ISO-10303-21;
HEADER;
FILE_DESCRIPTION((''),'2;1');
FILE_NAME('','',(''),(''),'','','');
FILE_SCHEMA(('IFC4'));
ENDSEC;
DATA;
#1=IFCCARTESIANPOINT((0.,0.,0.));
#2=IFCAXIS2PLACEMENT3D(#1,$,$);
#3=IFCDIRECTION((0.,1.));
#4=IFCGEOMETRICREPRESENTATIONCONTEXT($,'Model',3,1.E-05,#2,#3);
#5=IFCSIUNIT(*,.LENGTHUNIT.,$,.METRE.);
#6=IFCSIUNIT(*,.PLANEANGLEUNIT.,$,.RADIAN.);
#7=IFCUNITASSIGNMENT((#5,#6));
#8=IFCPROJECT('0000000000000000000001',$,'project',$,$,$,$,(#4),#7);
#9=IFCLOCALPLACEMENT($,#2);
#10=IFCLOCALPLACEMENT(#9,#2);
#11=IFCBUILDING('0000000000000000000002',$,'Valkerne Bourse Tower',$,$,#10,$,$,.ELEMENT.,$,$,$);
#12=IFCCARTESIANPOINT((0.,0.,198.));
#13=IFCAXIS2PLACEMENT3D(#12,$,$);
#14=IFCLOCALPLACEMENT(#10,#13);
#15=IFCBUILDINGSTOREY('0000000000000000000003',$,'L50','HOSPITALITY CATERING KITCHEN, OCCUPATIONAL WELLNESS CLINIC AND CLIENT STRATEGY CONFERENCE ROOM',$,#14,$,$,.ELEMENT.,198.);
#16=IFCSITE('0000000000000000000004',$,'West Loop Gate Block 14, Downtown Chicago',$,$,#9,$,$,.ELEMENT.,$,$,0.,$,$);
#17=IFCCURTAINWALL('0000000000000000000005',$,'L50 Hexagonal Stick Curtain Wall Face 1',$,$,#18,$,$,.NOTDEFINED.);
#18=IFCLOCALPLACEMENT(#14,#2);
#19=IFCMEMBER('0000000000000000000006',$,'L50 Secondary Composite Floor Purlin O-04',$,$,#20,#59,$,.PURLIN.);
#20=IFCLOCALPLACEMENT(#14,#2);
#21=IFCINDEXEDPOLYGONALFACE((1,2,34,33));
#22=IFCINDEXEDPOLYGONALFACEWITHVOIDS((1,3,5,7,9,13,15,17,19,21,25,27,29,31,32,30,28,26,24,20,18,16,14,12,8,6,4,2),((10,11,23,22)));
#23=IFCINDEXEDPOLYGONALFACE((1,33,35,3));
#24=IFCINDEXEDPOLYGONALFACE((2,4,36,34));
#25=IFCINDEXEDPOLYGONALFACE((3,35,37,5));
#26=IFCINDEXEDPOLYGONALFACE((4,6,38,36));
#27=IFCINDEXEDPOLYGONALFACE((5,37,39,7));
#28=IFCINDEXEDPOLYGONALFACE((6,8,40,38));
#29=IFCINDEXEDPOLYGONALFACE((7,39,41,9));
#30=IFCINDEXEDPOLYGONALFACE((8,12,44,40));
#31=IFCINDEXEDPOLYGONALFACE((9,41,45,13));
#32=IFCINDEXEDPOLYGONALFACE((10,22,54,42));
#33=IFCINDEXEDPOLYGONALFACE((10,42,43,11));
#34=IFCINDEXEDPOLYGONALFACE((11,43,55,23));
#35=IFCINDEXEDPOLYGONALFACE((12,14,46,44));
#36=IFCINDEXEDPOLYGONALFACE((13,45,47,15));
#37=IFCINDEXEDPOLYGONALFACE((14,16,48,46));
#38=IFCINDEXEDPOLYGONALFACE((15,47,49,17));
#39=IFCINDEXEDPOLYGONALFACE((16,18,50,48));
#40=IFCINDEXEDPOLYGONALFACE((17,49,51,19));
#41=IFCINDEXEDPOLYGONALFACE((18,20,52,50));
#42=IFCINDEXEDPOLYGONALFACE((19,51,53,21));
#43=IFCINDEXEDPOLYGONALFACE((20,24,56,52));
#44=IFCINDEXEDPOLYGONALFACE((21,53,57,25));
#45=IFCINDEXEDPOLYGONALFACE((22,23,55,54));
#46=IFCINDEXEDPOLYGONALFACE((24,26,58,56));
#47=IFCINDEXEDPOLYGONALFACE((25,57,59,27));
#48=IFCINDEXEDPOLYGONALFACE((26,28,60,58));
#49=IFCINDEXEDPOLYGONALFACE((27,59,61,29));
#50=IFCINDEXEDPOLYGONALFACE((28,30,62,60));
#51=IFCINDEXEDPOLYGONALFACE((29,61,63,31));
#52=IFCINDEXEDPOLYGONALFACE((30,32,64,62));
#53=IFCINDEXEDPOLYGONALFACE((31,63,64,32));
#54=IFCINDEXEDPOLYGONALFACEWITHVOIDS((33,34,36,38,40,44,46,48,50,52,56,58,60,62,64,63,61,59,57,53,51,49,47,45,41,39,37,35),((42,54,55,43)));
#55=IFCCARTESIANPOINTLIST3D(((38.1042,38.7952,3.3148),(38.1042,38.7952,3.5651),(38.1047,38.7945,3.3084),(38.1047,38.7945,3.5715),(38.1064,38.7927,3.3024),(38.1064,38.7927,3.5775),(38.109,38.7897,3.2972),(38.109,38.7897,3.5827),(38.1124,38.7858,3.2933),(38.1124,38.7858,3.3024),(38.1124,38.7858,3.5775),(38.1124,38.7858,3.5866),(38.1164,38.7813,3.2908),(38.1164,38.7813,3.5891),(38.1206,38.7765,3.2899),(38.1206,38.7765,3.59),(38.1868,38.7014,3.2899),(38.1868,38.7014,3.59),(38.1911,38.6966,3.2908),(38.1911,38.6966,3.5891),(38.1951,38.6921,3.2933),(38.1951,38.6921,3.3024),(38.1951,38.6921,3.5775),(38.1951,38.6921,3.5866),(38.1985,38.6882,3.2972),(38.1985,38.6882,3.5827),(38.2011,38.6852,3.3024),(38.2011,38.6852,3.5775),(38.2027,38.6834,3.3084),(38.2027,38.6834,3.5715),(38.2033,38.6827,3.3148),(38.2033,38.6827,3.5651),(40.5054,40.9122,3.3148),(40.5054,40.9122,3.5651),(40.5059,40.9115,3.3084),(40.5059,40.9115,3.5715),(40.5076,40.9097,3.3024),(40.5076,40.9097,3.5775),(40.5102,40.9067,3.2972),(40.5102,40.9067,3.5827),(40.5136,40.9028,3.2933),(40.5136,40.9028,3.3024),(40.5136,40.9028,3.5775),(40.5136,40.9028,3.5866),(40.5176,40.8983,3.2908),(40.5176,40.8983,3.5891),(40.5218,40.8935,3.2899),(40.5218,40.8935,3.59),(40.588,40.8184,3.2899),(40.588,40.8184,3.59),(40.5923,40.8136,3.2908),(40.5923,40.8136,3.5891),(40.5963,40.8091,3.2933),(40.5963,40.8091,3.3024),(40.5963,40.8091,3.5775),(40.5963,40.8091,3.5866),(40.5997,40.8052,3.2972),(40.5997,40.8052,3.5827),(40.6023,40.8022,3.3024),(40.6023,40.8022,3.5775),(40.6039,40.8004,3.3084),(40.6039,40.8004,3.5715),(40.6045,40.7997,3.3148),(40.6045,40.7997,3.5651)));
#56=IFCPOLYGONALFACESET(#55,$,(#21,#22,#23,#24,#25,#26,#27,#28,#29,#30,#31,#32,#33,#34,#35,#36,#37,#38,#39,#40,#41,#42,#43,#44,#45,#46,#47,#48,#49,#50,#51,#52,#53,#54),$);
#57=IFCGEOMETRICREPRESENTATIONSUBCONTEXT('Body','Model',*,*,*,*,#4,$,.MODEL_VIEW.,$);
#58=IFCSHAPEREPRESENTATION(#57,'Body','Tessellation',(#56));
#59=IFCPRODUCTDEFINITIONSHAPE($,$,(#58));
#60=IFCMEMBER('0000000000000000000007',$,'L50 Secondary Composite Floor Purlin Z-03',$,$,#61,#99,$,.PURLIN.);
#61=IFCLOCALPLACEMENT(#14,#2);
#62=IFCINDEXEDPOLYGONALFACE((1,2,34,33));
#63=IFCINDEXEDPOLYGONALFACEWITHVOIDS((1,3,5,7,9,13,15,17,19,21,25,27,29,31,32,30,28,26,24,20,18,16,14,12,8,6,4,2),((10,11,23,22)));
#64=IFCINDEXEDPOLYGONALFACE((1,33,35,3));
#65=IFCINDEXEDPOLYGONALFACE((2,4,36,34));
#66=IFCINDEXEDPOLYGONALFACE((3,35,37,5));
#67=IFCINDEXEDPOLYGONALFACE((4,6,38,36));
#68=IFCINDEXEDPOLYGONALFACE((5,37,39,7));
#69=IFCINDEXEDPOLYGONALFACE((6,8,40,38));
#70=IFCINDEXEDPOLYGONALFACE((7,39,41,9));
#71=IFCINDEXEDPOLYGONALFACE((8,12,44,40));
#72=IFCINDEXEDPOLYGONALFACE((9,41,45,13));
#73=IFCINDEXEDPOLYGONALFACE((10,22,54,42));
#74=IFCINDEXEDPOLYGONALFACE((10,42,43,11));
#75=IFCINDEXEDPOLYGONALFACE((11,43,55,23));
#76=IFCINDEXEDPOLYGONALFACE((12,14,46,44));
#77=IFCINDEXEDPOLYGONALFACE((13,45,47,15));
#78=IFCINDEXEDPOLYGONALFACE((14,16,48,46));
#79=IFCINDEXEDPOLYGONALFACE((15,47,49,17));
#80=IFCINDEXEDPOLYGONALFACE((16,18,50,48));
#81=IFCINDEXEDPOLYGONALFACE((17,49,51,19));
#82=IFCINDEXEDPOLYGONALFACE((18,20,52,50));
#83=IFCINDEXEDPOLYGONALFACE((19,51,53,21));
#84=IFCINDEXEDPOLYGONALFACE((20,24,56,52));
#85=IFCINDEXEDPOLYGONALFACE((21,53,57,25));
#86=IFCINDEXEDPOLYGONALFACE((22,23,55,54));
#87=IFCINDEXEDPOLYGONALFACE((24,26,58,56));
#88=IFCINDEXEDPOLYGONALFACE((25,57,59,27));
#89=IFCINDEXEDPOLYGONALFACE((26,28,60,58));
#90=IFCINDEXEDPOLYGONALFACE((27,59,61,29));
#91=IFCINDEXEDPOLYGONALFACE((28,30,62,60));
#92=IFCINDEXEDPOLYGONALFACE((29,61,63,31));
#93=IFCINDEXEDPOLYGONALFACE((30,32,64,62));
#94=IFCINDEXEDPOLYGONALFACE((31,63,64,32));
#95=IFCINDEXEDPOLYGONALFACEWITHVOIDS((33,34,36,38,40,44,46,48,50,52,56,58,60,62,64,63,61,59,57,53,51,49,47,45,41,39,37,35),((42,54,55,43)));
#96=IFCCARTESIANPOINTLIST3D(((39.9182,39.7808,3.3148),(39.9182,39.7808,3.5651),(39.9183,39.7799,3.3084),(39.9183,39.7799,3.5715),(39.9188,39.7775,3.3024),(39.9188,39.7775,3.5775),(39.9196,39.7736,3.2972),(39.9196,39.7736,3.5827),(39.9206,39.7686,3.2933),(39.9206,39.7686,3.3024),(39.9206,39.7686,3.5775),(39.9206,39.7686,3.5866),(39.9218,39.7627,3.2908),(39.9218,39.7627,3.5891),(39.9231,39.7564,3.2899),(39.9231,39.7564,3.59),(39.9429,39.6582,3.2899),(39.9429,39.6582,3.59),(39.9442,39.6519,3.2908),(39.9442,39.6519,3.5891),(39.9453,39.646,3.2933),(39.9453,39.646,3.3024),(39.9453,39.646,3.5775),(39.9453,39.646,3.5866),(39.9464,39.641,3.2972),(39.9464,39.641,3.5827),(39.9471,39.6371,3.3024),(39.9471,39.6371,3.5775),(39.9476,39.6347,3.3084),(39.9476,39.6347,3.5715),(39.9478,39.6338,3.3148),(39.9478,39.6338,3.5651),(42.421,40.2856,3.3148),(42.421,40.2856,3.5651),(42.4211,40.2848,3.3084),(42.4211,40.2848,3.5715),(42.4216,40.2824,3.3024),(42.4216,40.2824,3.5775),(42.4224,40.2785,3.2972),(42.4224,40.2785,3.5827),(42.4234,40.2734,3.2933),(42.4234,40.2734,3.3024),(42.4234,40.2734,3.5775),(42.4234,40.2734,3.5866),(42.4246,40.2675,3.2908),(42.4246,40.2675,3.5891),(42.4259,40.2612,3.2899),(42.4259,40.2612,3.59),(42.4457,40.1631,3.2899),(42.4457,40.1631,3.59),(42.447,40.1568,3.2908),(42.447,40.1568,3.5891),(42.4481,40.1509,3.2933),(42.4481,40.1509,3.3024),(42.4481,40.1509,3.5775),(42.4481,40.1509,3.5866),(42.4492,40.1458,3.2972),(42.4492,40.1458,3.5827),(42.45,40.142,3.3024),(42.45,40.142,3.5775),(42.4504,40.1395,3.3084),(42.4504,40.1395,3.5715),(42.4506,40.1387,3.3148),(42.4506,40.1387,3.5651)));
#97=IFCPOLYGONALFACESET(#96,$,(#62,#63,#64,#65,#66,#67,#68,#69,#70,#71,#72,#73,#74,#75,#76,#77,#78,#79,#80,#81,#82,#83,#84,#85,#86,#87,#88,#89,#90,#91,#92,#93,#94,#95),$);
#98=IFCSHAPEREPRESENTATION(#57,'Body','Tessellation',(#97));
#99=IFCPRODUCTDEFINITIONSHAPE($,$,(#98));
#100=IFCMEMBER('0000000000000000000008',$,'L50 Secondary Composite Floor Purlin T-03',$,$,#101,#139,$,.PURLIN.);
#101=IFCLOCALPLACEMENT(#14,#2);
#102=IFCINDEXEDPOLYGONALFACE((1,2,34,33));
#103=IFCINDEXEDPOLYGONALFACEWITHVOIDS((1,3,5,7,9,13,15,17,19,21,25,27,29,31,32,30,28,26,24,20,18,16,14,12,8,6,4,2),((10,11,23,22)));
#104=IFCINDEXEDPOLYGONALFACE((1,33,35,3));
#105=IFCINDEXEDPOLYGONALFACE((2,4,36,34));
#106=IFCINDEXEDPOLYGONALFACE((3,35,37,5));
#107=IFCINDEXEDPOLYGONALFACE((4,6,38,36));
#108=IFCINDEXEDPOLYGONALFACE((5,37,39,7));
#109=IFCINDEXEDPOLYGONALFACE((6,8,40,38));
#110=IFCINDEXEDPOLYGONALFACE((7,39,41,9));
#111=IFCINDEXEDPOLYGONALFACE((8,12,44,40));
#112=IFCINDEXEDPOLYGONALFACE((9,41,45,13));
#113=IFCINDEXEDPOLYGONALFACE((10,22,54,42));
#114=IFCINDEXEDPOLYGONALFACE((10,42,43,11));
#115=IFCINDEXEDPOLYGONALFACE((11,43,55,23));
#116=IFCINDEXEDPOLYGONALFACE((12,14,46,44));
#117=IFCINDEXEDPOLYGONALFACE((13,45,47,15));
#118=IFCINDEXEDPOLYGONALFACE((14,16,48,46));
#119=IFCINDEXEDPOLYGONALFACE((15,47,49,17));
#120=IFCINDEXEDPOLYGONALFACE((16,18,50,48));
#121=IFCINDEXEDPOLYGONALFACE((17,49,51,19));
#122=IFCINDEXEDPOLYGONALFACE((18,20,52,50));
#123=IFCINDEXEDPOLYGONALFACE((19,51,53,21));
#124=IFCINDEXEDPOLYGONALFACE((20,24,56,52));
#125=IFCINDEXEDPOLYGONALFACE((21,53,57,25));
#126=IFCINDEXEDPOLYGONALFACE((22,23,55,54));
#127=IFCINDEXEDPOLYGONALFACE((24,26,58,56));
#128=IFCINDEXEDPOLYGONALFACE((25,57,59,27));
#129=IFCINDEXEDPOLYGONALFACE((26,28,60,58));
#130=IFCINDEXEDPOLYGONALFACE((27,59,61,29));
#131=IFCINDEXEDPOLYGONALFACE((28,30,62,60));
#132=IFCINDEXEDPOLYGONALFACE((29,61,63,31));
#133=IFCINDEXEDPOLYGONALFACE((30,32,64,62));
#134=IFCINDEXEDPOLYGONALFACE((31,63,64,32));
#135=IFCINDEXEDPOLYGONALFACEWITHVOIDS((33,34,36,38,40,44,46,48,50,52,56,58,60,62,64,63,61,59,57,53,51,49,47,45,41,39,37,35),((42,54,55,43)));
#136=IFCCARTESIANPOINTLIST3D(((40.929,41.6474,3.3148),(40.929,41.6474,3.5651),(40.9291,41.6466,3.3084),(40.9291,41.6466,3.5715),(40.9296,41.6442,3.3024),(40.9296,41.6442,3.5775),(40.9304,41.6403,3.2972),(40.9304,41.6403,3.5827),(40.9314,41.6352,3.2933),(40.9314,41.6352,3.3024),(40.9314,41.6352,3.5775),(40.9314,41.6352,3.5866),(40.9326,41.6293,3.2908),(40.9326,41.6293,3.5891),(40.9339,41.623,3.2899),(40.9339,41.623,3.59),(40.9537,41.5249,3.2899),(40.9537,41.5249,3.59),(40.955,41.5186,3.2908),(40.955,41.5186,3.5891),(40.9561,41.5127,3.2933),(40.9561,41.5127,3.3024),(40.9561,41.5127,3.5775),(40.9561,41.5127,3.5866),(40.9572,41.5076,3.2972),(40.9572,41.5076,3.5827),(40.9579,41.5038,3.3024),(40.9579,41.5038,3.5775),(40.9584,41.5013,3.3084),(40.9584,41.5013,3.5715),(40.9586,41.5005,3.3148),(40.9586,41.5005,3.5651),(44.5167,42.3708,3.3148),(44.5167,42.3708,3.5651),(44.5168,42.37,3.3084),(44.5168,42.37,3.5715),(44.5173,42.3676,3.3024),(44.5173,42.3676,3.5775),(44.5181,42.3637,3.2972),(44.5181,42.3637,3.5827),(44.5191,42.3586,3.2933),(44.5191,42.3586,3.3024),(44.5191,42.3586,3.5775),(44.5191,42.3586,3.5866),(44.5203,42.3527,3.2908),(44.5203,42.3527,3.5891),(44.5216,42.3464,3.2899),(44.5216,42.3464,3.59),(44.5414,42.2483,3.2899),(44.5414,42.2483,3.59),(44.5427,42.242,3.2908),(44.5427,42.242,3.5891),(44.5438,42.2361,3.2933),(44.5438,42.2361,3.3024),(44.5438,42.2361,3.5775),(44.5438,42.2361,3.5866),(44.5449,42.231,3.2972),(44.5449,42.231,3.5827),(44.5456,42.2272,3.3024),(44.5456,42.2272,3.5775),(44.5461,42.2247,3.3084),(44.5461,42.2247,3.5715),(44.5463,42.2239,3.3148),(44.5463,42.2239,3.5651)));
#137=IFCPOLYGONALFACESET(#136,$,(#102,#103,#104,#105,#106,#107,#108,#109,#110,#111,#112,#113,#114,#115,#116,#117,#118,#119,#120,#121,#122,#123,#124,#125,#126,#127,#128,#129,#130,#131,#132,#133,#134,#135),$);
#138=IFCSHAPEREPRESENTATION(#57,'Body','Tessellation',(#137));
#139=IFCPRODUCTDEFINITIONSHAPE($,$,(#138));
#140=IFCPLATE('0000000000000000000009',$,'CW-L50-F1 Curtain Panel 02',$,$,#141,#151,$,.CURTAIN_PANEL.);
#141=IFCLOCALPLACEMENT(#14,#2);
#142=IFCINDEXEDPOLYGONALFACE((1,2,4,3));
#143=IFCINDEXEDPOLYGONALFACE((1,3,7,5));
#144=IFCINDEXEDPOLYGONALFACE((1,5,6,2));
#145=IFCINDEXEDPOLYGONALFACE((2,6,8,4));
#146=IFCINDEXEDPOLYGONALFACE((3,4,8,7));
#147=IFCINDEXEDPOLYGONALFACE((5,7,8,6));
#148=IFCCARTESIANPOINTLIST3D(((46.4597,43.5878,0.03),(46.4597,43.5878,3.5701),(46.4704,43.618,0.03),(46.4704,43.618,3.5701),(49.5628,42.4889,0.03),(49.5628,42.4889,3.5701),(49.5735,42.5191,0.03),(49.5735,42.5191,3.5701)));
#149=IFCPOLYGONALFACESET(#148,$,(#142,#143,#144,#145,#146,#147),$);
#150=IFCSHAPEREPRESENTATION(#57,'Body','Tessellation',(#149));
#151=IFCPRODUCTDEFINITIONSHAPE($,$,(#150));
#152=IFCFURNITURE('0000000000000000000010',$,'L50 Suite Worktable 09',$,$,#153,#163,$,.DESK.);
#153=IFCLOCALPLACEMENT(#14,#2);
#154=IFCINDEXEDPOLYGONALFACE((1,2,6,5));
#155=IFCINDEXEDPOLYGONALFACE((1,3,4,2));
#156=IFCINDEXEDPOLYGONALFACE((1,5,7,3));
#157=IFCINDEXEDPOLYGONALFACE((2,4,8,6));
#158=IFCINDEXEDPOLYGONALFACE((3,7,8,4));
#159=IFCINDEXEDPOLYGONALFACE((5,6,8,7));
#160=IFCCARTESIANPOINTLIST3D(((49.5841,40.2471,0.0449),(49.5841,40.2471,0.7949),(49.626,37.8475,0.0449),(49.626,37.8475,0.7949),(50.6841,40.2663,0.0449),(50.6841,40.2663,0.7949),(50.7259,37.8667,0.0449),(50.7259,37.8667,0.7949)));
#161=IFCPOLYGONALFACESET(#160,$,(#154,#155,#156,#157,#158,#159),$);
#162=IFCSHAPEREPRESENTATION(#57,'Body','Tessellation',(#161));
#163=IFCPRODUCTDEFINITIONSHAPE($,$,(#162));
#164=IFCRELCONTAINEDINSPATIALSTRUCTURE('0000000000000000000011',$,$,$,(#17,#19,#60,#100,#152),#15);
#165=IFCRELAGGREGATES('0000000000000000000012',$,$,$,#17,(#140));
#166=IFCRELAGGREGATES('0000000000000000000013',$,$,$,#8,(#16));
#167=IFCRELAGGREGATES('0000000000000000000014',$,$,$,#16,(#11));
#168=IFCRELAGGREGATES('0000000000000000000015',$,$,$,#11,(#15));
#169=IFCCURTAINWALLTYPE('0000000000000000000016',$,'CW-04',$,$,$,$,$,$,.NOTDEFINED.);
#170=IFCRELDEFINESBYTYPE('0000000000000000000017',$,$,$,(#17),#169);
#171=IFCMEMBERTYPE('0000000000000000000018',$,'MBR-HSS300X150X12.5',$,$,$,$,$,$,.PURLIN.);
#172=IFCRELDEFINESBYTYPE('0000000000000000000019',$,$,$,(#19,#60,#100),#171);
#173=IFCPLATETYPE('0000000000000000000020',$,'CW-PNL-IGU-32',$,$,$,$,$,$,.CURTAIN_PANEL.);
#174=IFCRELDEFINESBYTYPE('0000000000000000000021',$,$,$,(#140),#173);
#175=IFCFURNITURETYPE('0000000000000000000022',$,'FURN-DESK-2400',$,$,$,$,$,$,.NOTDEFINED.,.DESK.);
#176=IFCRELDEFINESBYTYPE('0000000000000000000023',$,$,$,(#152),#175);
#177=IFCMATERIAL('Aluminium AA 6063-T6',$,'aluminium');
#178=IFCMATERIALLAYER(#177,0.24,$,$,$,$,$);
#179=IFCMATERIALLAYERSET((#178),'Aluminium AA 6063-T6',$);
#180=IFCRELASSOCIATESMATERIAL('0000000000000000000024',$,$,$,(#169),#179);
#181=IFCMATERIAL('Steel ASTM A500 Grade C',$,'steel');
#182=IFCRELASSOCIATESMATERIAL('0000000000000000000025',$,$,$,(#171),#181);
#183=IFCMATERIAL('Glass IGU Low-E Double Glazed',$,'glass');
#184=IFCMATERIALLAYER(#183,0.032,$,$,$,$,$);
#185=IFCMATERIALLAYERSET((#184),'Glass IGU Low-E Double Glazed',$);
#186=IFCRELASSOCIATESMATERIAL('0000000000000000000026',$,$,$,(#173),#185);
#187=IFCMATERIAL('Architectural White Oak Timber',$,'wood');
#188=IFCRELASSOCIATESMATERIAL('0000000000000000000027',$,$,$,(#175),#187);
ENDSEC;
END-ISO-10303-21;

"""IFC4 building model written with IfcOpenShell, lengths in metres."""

from ifc_helpers import new_model, si_unit, direction, frame, origin, origin_2d, place, context, subcontext, project, spatial, rectangle, hollow_rectangle, extrude, material, layer, layer_set, material_profile, profile_set, type_object, element, aggregate, save


model = new_model("IFC4")

# Units and contexts
model_context = context("Model", 3, precision=1e-05, world=origin(), true_north=direction((0.0, 1.0)))
body_context = subcontext(model_context, "Body", "Model", "MODEL_VIEW")
ifc_project = project(units=[si_unit("LENGTHUNIT", "METRE"), si_unit("PLANEANGLEUNIT", "RADIAN")], contexts=[model_context])

# Site, building, storey
site_placement = place(None, origin())
site = spatial("IfcSite", under=ifc_project, at=site_placement, Name="West Loop Gate Block 14, Downtown Chicago", CompositionType="ELEMENT", RefElevation=0.0)
building_placement = place(site_placement, origin())
building = spatial("IfcBuilding", under=site, at=building_placement, Name="Valkerne Bourse Tower", CompositionType="ELEMENT")
storey_placement = place(building_placement, frame((0.0, 0.0, 198.0)))
storey = spatial("IfcBuildingStorey", under=building, at=storey_placement, Name="L50", Description="HOSPITALITY CATERING KITCHEN, OCCUPATIONAL WELLNESS CLINIC AND CLIENT STRATEGY CONFERENCE ROOM", CompositionType="ELEMENT", Elevation=198.0)

# Curtain wall
ifc_material_1 = material(Name="Aluminium AA 6063-T6", Category="aluminium")
ifc_layer_1 = layer(ifc_material_1, 0.24)
ifc_layer_set_1 = layer_set([ifc_layer_1], Name="Aluminium AA 6063-T6")
curtain_wall_type = type_object("IfcCurtainWallType", Name="CW-04", PredefinedType="NOTDEFINED", material=ifc_layer_set_1)
curtain_wall_1_placement = place(storey_placement, origin())
curtain_wall_1 = element("IfcCurtainWall", 1, at=curtain_wall_1_placement, inside=storey, type_object=curtain_wall_type, Name="L50 Hexagonal Stick Curtain Wall Face 1", PredefinedType="NOTDEFINED")

# Members
ifc_material_2 = material(Name="Steel ASTM A500 Grade C", Category="steel")
ifc_material_profile_1 = material_profile(ifc_material_2, hollow_rectangle(XDim=0.1499, YDim=0.3, WallThickness=0.0125, OuterFilletRadius=0.0249, at=origin_2d()), Name="HSS300X150X12.5")
ifc_profile_set_1 = profile_set([ifc_material_profile_1], Name="Steel ASTM A500 Grade C")
member_type_1 = type_object("IfcMemberType", Name="MBR-HSS300X150X12.5", PredefinedType="PURLIN", material=ifc_profile_set_1)
member_1_placement = place(storey_placement, frame((40.5549, 40.856, 3.4399), z_axis=(-0.7501, -0.661324, 0.0), x_axis=(0.661324, -0.7501, 0.0)))
element("IfcMember", 2, at=member_1_placement, inside=storey, type_object=member_type_1, Name="L50 Secondary Composite Floor Purlin O-04", PredefinedType="PURLIN", context=body_context, shape_type="SweptSolid", body=[
    extrude(hollow_rectangle(XDim=0.1499, YDim=0.3, WallThickness=0.0125, OuterFilletRadius=0.0249, at=origin_2d()), origin(), (0.0, 0.0, 1.0), 3.2012),
])
member_2_placement = place(storey_placement, frame((42.4358, 40.2122, 3.4399), z_axis=(-0.980256, -0.197734, 0.0), x_axis=(0.197734, -0.980256, 0.0)))
element("IfcMember", 3, at=member_2_placement, inside=storey, type_object=member_type_1, Name="L50 Secondary Composite Floor Purlin Z-03", PredefinedType="PURLIN", context=body_context, shape_type="SweptSolid", body=[
    extrude(hollow_rectangle(XDim=0.1499, YDim=0.3, WallThickness=0.0125, OuterFilletRadius=0.0249, at=origin_2d()), origin(), (0.0, 0.0, 1.0), 2.5532),
])
member_3_placement = place(storey_placement, frame((44.5315, 42.2974, 3.4399), z_axis=(-0.980272, -0.197655, 0.0), x_axis=(0.197655, -0.980272, 0.0)))
element("IfcMember", 4, at=member_3_placement, inside=storey, type_object=member_type_1, Name="L50 Secondary Composite Floor Purlin T-03", PredefinedType="PURLIN", context=body_context, shape_type="SweptSolid", body=[
    extrude(hollow_rectangle(XDim=0.1499, YDim=0.3, WallThickness=0.0125, OuterFilletRadius=0.0249, at=origin_2d()), origin(), (0.0, 0.0, 1.0), 3.6599),
])

# Plate
ifc_material_3 = material(Name="Glass IGU Low-E Double Glazed", Category="glass")
ifc_layer_2 = layer(ifc_material_3, 0.032)
ifc_layer_set_2 = layer_set([ifc_layer_2], Name="Glass IGU Low-E Double Glazed")
plate_type = type_object("IfcPlateType", Name="CW-PNL-IGU-32", PredefinedType="CURTAIN_PANEL", material=ifc_layer_set_2)
plate_placement = place(storey_placement, frame((48.0166, 43.0535, 0.03), z_axis=(0.0, 0.0, 1.0), x_axis=(-0.942641, 0.333808, 0.0)))
plate = element("IfcPlate", 5, at=plate_placement, type_object=plate_type, Name="CW-L50-F1 Curtain Panel 02", PredefinedType="CURTAIN_PANEL", context=body_context, shape_type="SweptSolid", body=[
    extrude(rectangle(XDim=3.292, YDim=0.032, at=origin_2d()), origin(), (0.0, 0.0, 1.0), 3.54),
])
aggregate(curtain_wall_1, [plate])

# Furniture
ifc_material_4 = material(Name="Architectural White Oak Timber", Category="wood")
furniture_type = type_object("IfcFurnitureType", Name="FURN-DESK-2400", AssemblyPlace="NOTDEFINED", PredefinedType="DESK", material=ifc_material_4)
furniture_placement = place(storey_placement, frame((50.155, 39.0569, 0.0449), z_axis=(0.0, 0.0, 1.0), x_axis=(-0.017452, 0.999848, 0.0)))
element("IfcFurniture", 6, at=furniture_placement, inside=storey, type_object=furniture_type, Name="L50 Suite Worktable 09", PredefinedType="DESK", context=body_context, shape_type="SweptSolid", body=[
    extrude(rectangle(XDim=2.3999, YDim=1.1001, at=origin_2d()), origin(), (0.0, 0.0, 1.0), 0.75),
])

save(model, "model.ifc")
